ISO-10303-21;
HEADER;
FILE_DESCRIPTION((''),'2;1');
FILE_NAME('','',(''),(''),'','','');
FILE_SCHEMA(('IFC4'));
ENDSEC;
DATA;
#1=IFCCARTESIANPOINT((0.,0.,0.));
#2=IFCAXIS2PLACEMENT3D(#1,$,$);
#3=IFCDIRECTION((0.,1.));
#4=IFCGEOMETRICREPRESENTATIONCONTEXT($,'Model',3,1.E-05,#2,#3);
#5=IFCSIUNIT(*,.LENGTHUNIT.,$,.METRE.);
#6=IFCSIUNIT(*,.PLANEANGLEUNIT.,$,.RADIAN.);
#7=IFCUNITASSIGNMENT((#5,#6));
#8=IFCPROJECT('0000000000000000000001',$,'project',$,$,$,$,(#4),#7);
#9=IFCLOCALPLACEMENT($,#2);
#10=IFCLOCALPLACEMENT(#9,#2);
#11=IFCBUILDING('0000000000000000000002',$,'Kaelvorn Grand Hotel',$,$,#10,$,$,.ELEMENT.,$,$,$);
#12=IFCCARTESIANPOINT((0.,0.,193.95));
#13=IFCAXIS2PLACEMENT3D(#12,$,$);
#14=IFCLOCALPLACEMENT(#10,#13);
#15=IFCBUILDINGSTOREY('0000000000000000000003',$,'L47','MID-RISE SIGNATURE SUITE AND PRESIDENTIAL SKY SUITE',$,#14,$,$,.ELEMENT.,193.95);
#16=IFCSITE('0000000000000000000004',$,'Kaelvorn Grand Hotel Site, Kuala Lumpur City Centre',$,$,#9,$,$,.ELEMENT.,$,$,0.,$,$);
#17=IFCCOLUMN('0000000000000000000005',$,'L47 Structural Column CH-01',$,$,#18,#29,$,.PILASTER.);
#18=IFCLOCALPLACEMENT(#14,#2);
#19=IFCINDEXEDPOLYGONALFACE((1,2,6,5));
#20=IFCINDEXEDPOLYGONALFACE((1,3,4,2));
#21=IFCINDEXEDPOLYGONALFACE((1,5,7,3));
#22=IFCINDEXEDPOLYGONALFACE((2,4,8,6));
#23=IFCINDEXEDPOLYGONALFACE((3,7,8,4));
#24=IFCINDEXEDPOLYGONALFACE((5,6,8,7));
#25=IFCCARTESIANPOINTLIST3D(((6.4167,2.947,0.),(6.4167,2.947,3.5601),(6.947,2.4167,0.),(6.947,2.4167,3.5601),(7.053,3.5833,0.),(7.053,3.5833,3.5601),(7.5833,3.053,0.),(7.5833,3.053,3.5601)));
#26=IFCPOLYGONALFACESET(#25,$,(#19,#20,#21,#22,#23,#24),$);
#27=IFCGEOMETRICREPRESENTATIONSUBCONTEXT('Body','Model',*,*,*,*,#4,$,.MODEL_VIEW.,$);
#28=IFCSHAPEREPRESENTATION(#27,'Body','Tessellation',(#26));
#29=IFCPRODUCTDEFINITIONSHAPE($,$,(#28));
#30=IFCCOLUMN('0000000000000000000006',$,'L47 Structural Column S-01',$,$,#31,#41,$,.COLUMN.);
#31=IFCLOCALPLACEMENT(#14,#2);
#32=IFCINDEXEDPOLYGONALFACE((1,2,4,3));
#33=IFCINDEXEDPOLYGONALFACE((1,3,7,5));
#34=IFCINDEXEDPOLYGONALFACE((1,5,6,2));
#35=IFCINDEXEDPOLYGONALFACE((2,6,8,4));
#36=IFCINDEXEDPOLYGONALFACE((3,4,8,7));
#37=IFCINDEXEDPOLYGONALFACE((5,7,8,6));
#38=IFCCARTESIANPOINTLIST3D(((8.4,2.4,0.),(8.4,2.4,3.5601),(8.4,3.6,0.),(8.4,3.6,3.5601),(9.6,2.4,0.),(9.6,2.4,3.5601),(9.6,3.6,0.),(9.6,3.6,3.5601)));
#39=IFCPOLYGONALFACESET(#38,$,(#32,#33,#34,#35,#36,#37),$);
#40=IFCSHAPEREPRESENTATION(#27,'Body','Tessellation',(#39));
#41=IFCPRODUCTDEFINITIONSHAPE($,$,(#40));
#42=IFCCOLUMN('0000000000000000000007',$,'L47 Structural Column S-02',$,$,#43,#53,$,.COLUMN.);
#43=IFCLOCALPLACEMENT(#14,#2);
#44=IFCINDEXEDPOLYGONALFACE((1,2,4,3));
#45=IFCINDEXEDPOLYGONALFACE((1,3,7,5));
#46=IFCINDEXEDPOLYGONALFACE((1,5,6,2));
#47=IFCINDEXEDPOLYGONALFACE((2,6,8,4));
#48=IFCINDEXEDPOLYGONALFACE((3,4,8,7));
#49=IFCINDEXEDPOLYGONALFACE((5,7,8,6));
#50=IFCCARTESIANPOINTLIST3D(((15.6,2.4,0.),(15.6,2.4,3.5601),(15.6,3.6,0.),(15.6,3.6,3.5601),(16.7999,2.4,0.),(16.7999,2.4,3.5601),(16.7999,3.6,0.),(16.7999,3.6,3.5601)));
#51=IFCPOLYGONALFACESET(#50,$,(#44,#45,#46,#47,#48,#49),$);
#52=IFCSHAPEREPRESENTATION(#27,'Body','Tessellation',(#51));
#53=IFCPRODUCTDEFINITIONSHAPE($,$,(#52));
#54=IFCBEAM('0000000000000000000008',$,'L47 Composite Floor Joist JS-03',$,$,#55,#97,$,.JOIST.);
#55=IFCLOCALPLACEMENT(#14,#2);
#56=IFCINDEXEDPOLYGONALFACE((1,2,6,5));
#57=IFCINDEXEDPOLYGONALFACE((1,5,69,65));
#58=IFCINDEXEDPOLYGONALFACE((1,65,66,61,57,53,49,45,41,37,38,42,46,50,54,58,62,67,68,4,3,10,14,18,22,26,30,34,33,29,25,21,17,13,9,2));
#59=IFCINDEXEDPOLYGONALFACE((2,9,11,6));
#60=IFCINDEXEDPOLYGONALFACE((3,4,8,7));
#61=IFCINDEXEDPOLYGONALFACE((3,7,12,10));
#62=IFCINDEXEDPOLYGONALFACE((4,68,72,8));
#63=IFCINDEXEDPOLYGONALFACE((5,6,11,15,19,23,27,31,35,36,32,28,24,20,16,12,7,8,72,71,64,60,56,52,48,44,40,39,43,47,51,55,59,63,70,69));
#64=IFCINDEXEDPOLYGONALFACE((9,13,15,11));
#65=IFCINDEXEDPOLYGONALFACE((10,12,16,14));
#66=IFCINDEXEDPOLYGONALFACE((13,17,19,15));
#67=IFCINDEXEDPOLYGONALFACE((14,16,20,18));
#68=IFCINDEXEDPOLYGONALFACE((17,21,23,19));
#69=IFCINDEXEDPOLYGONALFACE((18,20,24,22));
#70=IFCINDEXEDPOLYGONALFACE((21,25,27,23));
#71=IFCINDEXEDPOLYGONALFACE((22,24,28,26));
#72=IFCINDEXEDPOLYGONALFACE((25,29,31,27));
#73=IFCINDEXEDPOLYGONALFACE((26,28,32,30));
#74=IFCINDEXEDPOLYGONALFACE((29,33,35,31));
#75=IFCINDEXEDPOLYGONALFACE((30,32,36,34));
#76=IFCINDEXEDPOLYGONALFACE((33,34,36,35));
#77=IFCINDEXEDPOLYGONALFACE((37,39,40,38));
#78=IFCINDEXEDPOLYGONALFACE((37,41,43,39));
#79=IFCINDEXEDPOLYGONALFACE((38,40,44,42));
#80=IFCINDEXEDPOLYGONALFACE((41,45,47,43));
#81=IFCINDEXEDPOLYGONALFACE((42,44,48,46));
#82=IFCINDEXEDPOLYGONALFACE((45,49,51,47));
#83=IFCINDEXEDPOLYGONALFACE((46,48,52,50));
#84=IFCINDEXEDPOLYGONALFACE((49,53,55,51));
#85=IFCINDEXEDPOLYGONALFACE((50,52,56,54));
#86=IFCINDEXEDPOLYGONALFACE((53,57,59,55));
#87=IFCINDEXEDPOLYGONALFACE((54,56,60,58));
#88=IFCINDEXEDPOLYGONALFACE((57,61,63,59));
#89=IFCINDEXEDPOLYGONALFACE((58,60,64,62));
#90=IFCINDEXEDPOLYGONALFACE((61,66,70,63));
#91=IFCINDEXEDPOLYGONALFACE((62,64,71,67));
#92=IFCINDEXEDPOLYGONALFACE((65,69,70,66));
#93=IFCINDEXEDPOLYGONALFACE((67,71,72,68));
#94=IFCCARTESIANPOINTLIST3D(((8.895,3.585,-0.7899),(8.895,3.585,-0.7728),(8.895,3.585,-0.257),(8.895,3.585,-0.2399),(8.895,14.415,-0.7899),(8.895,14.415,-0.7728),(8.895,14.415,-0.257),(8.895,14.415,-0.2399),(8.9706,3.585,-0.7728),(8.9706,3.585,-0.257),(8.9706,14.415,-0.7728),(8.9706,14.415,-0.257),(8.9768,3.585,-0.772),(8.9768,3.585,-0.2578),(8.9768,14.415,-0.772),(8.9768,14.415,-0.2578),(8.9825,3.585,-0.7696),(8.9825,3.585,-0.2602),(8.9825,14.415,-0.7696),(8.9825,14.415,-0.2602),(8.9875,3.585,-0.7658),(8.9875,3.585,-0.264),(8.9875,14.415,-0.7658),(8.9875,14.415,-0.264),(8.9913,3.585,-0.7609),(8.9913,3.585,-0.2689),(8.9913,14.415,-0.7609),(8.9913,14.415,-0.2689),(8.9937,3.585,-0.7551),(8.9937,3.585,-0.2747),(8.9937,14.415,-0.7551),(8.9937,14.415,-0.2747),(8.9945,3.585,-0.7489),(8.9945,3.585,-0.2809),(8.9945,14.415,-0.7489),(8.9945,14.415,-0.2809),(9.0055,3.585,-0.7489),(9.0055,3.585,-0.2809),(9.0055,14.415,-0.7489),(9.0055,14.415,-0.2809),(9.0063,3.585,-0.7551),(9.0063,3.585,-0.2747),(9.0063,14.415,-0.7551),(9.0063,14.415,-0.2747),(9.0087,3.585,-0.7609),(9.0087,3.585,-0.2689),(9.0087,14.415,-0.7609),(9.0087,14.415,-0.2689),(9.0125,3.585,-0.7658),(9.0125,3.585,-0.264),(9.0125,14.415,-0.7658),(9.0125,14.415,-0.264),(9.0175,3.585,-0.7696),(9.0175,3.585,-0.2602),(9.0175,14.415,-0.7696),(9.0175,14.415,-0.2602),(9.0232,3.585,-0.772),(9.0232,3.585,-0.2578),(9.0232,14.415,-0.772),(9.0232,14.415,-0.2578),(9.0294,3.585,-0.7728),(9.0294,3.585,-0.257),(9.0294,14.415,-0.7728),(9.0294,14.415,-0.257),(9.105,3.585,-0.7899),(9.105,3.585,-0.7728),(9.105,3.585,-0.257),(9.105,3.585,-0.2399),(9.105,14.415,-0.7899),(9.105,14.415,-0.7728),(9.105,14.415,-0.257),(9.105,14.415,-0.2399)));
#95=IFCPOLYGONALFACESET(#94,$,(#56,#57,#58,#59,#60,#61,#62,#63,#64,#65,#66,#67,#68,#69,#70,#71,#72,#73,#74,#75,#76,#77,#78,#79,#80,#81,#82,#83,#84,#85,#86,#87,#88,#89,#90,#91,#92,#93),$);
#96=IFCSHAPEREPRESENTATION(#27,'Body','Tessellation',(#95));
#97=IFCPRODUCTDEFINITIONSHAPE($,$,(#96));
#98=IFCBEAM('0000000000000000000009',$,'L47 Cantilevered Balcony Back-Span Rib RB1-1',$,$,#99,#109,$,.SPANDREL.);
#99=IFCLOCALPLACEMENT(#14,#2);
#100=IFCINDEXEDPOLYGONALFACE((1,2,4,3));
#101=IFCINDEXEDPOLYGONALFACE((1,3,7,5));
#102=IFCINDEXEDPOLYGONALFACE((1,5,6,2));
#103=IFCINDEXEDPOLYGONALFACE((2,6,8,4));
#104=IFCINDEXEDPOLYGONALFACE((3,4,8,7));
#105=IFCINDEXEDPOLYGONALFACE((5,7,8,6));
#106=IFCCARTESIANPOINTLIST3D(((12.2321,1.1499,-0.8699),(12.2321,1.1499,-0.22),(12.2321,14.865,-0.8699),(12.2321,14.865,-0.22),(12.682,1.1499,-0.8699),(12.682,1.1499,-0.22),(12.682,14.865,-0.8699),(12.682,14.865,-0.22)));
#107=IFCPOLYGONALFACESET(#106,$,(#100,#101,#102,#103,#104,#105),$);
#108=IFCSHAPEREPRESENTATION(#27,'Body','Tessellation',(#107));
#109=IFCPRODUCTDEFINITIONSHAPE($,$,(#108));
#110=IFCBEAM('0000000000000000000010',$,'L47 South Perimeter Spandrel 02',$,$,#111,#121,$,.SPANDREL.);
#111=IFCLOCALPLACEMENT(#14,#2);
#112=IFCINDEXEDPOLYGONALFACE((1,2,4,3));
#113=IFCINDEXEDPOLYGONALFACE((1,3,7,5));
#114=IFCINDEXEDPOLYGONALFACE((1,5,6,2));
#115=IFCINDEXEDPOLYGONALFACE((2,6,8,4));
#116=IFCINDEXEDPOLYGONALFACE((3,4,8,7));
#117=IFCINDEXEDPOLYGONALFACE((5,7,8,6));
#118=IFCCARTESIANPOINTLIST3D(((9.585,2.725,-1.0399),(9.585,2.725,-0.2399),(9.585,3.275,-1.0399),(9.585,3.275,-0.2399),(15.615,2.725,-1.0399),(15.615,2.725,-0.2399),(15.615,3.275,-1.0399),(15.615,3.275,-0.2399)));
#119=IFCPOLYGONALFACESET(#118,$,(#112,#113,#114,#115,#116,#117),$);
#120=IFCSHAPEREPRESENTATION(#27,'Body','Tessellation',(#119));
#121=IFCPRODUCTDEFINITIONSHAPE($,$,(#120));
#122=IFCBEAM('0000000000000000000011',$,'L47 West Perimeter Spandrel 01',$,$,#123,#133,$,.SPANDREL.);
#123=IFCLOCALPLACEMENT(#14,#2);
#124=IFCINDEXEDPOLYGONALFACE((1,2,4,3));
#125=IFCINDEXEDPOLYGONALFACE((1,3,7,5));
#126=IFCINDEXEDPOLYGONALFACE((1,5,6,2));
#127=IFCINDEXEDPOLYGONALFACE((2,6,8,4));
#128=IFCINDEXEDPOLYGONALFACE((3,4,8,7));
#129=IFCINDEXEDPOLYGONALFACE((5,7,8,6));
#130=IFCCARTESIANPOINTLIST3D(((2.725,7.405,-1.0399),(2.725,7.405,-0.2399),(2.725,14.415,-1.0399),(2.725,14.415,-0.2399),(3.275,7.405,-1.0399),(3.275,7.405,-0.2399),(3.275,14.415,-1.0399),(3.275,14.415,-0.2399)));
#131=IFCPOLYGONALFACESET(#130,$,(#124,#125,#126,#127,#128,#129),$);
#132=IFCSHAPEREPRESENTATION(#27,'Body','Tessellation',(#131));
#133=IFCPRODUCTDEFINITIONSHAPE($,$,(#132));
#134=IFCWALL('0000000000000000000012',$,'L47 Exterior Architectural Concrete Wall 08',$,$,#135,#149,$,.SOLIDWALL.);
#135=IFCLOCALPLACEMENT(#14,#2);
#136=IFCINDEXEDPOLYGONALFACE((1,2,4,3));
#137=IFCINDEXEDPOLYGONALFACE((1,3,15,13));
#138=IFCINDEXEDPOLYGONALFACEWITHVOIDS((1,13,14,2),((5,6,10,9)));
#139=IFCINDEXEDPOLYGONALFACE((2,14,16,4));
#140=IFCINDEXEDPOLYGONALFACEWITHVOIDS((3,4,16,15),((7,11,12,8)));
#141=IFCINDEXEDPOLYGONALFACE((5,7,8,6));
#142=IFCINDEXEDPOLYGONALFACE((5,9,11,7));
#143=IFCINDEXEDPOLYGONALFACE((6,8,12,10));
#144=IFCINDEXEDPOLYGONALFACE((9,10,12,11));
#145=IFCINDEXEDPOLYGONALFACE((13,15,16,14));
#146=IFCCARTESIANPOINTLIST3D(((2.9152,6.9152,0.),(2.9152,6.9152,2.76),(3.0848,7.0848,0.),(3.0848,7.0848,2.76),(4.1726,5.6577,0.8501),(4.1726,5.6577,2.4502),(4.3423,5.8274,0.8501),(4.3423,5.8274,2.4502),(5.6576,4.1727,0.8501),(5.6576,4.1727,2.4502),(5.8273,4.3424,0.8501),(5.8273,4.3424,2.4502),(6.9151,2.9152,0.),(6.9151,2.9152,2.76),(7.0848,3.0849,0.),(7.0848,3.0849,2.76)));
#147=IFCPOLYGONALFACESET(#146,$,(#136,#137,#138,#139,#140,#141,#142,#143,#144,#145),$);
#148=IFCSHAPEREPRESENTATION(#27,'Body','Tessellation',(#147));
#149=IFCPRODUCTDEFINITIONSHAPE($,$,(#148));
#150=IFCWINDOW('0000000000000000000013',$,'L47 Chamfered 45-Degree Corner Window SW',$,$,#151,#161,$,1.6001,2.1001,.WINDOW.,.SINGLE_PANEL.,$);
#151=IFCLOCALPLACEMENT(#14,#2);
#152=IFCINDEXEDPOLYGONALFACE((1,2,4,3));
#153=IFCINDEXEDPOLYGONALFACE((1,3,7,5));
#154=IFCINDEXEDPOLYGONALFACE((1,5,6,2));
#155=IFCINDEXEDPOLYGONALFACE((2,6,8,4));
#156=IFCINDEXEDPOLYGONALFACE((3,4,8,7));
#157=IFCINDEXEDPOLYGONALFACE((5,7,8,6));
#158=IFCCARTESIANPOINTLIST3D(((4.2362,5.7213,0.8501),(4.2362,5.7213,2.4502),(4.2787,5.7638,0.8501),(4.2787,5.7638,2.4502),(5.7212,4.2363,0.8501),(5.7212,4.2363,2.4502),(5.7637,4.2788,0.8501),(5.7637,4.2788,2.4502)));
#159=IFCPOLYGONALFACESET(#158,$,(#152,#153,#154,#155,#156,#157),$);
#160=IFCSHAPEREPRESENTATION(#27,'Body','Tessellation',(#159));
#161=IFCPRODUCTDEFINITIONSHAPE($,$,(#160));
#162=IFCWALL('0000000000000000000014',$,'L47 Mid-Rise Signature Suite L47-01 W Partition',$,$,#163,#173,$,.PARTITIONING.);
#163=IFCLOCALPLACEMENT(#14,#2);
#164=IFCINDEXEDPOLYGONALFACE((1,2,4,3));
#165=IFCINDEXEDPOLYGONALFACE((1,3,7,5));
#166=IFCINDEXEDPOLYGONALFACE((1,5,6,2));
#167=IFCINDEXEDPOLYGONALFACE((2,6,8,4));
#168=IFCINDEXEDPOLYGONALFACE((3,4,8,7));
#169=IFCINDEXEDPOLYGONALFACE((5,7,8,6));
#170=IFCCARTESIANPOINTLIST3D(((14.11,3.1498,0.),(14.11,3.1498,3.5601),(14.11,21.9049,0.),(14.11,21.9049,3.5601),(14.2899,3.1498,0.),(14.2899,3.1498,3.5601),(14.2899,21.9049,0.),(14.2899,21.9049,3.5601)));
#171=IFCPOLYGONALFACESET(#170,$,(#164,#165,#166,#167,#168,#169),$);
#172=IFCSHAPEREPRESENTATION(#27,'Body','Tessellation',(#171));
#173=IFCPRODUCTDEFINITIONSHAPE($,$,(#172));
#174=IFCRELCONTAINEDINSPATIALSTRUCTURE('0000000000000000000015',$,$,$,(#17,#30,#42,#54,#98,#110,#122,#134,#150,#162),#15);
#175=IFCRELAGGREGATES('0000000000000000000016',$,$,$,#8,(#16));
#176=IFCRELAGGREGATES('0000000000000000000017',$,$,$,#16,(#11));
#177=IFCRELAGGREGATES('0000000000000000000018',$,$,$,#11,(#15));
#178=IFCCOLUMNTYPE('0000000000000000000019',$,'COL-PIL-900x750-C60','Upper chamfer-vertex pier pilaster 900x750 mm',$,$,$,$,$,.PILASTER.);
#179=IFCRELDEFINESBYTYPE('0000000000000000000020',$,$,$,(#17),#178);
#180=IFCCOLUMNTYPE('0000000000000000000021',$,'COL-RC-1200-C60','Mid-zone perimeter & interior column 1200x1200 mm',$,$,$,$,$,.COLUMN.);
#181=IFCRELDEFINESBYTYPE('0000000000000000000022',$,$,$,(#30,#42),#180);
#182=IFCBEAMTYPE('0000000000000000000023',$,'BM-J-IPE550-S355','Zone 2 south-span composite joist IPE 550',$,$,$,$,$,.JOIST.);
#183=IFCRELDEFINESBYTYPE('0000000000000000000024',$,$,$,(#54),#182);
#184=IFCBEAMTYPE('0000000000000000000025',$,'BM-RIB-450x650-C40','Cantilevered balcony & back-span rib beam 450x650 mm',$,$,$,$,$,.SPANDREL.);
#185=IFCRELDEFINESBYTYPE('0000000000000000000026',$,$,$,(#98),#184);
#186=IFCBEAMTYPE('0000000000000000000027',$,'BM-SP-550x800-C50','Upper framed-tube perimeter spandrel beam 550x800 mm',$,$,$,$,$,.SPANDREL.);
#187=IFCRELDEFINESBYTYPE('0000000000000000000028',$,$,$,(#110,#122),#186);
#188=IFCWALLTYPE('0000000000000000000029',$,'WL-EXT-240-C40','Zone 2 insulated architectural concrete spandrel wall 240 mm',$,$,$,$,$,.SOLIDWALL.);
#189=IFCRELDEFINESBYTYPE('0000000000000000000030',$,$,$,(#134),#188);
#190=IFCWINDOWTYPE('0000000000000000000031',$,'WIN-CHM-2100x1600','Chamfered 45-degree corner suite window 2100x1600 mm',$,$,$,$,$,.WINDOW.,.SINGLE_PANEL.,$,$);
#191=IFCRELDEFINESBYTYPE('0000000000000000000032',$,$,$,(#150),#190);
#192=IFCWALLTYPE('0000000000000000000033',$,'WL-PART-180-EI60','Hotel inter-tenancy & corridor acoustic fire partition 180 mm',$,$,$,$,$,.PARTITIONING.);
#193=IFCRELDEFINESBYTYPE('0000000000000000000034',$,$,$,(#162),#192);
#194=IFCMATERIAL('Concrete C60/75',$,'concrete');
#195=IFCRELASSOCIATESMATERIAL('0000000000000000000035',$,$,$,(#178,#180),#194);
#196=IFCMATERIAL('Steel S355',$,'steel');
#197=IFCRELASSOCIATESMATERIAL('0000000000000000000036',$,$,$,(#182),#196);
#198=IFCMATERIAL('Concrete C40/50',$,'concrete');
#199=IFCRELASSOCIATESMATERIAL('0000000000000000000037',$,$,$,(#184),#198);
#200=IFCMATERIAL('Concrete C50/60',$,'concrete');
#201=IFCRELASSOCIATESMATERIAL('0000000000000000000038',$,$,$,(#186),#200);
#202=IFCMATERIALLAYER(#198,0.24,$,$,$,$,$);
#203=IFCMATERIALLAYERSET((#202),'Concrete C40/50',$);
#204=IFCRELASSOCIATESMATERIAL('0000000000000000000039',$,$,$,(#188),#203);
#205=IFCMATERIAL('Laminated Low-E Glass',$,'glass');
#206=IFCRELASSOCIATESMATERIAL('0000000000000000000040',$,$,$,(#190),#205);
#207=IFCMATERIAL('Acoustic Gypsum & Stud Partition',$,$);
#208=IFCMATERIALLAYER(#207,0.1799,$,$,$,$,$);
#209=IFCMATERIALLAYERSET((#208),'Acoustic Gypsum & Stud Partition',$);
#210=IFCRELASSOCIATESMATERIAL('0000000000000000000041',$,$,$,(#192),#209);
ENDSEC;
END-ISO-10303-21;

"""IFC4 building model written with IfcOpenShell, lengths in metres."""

from ifc_helpers import new_model, si_unit, direction, frame, frame_2d, origin, origin_2d, place, context, subcontext, project, spatial, rectangle, i_section, extrude, material, layer, layer_set, material_profile, profile_set, type_object, element, fill, save


model = new_model("IFC4")

# Units and contexts
model_context = context("Model", 3, precision=1e-05, world=origin(), true_north=direction((0.0, 1.0)))
body_context = subcontext(model_context, "Body", "Model", "MODEL_VIEW")
ifc_project = project(units=[si_unit("LENGTHUNIT", "METRE"), si_unit("PLANEANGLEUNIT", "RADIAN")], contexts=[model_context])

# Site, building, storey
site_placement = place(None, origin())
site = spatial("IfcSite", under=ifc_project, at=site_placement, Name="Kaelvorn Grand Hotel Site, Kuala Lumpur City Centre", CompositionType="ELEMENT", RefElevation=0.0)
building_placement = place(site_placement, origin())
building = spatial("IfcBuilding", under=site, at=building_placement, Name="Kaelvorn Grand Hotel", CompositionType="ELEMENT")
storey_placement = place(building_placement, frame((0.0, 0.0, 193.95)))
storey = spatial("IfcBuildingStorey", under=building, at=storey_placement, Name="L47", Description="MID-RISE SIGNATURE SUITE AND PRESIDENTIAL SKY SUITE", CompositionType="ELEMENT", Elevation=193.95)

# Columns
ifc_material_1 = material(Name="Concrete C60/75", Category="concrete")
ifc_material_profile_1 = material_profile(ifc_material_1, rectangle(XDim=0.8999, YDim=0.75, at=origin_2d()), Name="RC PILASTER 900x750")
ifc_profile_set_1 = profile_set([ifc_material_profile_1], Name="Concrete C60/75")
column_type_1 = type_object("IfcColumnType", Name="COL-PIL-900x750-C60", Description="Upper chamfer-vertex pier pilaster 900x750 mm", PredefinedType="PILASTER", material=ifc_profile_set_1)
column_placement = place(storey_placement, frame((7.0, 3.0, 0.0), z_axis=(0.0, 0.0, 1.0), x_axis=(0.707107, 0.707107, 0.0)))
element("IfcColumn", 1, at=column_placement, inside=storey, type_object=column_type_1, Name="L47 Structural Column CH-01", PredefinedType="PILASTER", context=body_context, shape_type="SweptSolid", body=[
    extrude(rectangle(XDim=0.8999, YDim=0.75, at=origin_2d()), origin(), (0.0, 0.0, 1.0), 3.5601),
])
ifc_material_profile_2 = material_profile(ifc_material_1, rectangle(XDim=1.2, YDim=1.2, at=origin_2d()), Name="RC COL 1200x1200")
ifc_profile_set_2 = profile_set([ifc_material_profile_2], Name="Concrete C60/75")
column_type_2 = type_object("IfcColumnType", Name="COL-RC-1200-C60", Description="Mid-zone perimeter & interior column 1200x1200 mm", PredefinedType="COLUMN", material=ifc_profile_set_2)
for number, where, z_axis, x_axis, name in (
    (2, (9.0, 3.0, 0.0), (0.0, 0.0, 1.0), (1.0, 0.0, 0.0), "L47 Structural Column S-01"),
    (3, (16.2, 3.0, 0.0), (0.0, 0.0, 1.0), (1.0, 0.0, 0.0), "L47 Structural Column S-02"),
):
    element("IfcColumn", number, at=place(storey_placement, frame(where, z_axis=z_axis, x_axis=x_axis)), inside=storey, type_object=column_type_2, Name=name, PredefinedType="COLUMN", context=body_context, shape_type="SweptSolid", body=[
        extrude(rectangle(XDim=1.2, YDim=1.2, at=origin_2d()), origin(), (0.0, 0.0, 1.0), 3.5601),
    ])

# Beams
ifc_material_2 = material(Name="Steel S355", Category="steel")
ifc_material_profile_3 = material_profile(ifc_material_2, i_section(OverallWidth=0.21, OverallDepth=0.55, WebThickness=0.011, FlangeThickness=0.0171, FilletRadius=0.0239, at=origin_2d()), Name="IPE 550")
ifc_profile_set_3 = profile_set([ifc_material_profile_3], Name="Steel S355")
beam_type_1 = type_object("IfcBeamType", Name="BM-J-IPE550-S355", Description="Zone 2 south-span composite joist IPE 550", PredefinedType="JOIST", material=ifc_profile_set_3)
beam_1_placement = place(storey_placement, frame((9.0, 3.585, -0.5149), z_axis=(0.0, 1.0, 0.0), x_axis=(-1.0, 0.0, 0.0)))
element("IfcBeam", 4, at=beam_1_placement, inside=storey, type_object=beam_type_1, Name="L47 Composite Floor Joist JS-03", PredefinedType="JOIST", context=body_context, shape_type="SweptSolid", body=[
    extrude(i_section(OverallWidth=0.21, OverallDepth=0.55, WebThickness=0.011, FlangeThickness=0.0171, FilletRadius=0.0239, at=origin_2d()), origin(), (0.0, 0.0, 1.0), 10.8301),
])
ifc_material_3 = material(Name="Concrete C40/50", Category="concrete")
ifc_material_profile_4 = material_profile(ifc_material_3, rectangle(XDim=0.45, YDim=0.6499, at=origin_2d()), Name="RC RIB 450x650")
ifc_profile_set_4 = profile_set([ifc_material_profile_4], Name="Concrete C40/50")
beam_type_2 = type_object("IfcBeamType", Name="BM-RIB-450x650-C40", Description="Cantilevered balcony & back-span rib beam 450x650 mm", PredefinedType="SPANDREL", material=ifc_profile_set_4)
beam_2_placement = place(storey_placement, frame((12.457, 1.1499, -0.5449), z_axis=(0.0, 1.0, 0.0), x_axis=(-1.0, 0.0, 0.0)))
element("IfcBeam", 5, at=beam_2_placement, inside=storey, type_object=beam_type_2, Name="L47 Cantilevered Balcony Back-Span Rib RB1-1", PredefinedType="SPANDREL", context=body_context, shape_type="SweptSolid", body=[
    extrude(rectangle(XDim=0.45, YDim=0.6499, at=origin_2d()), origin(), (0.0, 0.0, 1.0), 13.7151),
])
ifc_material_4 = material(Name="Concrete C50/60", Category="concrete")
ifc_material_profile_5 = material_profile(ifc_material_4, rectangle(XDim=0.55, YDim=0.8, at=origin_2d()), Name="RC SPANDREL 550x800")
ifc_profile_set_5 = profile_set([ifc_material_profile_5], Name="Concrete C50/60")
beam_type_3 = type_object("IfcBeamType", Name="BM-SP-550x800-C50", Description="Upper framed-tube perimeter spandrel beam 550x800 mm", PredefinedType="SPANDREL", material=ifc_profile_set_5)
beam_3_placement = place(storey_placement, frame((9.585, 3.0, -0.6399), z_axis=(1.0, 0.0, 0.0), x_axis=(0.0, 1.0, 0.0)))
element("IfcBeam", 6, at=beam_3_placement, inside=storey, type_object=beam_type_3, Name="L47 South Perimeter Spandrel 02", PredefinedType="SPANDREL", context=body_context, shape_type="SweptSolid", body=[
    extrude(rectangle(XDim=0.55, YDim=0.8, at=origin_2d()), origin(), (0.0, 0.0, 1.0), 6.03),
])
beam_4_placement = place(storey_placement, frame((3.0, 7.405, -0.6399), z_axis=(0.0, 1.0, 0.0), x_axis=(-1.0, 0.0, 0.0)))
element("IfcBeam", 7, at=beam_4_placement, inside=storey, type_object=beam_type_3, Name="L47 West Perimeter Spandrel 01", PredefinedType="SPANDREL", context=body_context, shape_type="SweptSolid", body=[
    extrude(rectangle(XDim=0.55, YDim=0.8, at=origin_2d()), origin(), (0.0, 0.0, 1.0), 7.01),
])

# Shared definitions
ifc_layer_1 = layer(ifc_material_3, 0.24)
ifc_layer_set_1 = layer_set([ifc_layer_1], Name="Concrete C40/50")
wall_type_1 = type_object("IfcWallType", Name="WL-EXT-240-C40", Description="Zone 2 insulated architectural concrete spandrel wall 240 mm", PredefinedType="SOLIDWALL", material=ifc_layer_set_1)
ifc_material_5 = material(Name="Laminated Low-E Glass", Category="glass")

# Wall, opening, window
wall_1_placement = place(storey_placement, frame((3.0, 7.0, 0.0), z_axis=(0.0, 0.0, 1.0), x_axis=(0.707107, -0.707107, 0.0)))
wall_1 = element("IfcWall", 8, at=wall_1_placement, inside=storey, type_object=wall_type_1, Name="L47 Exterior Architectural Concrete Wall 08", PredefinedType="SOLIDWALL", context=body_context, shape_type="SweptSolid", body=[
    extrude(rectangle(XDim=5.6567, YDim=0.24, at=frame_2d((2.8284, 0.0))), origin(), (0.0, 0.0, 1.0), 2.76),
])
opening_1_placement = place(wall_1_placement, frame((1.7783, 0.0, 0.8501)))
opening_1 = element("IfcOpeningElement", 9, at=opening_1_placement, cuts=wall_1, PredefinedType="OPENING", context=body_context, shape_type="SweptSolid", body=[
    extrude(rectangle(XDim=2.1001, YDim=1.6001, at=frame_2d((1.05, 0.8))), frame((0.0, 0.1299, 0.0), z_axis=(0.0, -1.0, 0.0), x_axis=(1.0, 0.0, 0.0)), (0.0, 0.0, 1.0), 0.26),
])
window_type_1 = type_object("IfcWindowType", Name="WIN-CHM-2100x1600", Description="Chamfered 45-degree corner suite window 2100x1600 mm", PartitioningType="SINGLE_PANEL", PredefinedType="WINDOW", material=ifc_material_5)
window_1_placement = place(opening_1_placement, origin())
window_1 = element("IfcWindow", 10, at=window_1_placement, inside=storey, type_object=window_type_1, Name="L47 Chamfered 45-Degree Corner Window SW", OverallHeight=1.6001, OverallWidth=2.1001, PartitioningType="SINGLE_PANEL", PredefinedType="WINDOW", context=body_context, shape_type="SweptSolid", body=[
    extrude(rectangle(XDim=2.1001, YDim=1.6001, at=frame_2d((1.05, 0.8))), frame((0.0, 0.03, 0.0), z_axis=(0.0, -1.0, 0.0), x_axis=(1.0, 0.0, 0.0)), (0.0, 0.0, 1.0), 0.0601),
])
fill(opening_1, window_1)

# Wall
ifc_material_6 = material(Name="Acoustic Gypsum & Stud Partition")
ifc_layer_2 = layer(ifc_material_6, 0.1799)
ifc_layer_set_2 = layer_set([ifc_layer_2], Name="Acoustic Gypsum & Stud Partition")
wall_type_2 = type_object("IfcWallType", Name="WL-PART-180-EI60", Description="Hotel inter-tenancy & corridor acoustic fire partition 180 mm", PredefinedType="PARTITIONING", material=ifc_layer_set_2)
wall_2_placement = place(storey_placement, frame((14.2, 3.1499, 0.0), z_axis=(0.0, 0.0, 1.0), x_axis=(0.0, 1.0, 0.0)))
element("IfcWall", 11, at=wall_2_placement, inside=storey, type_object=wall_type_2, Name="L47 Mid-Rise Signature Suite L47-01 W Partition", PredefinedType="PARTITIONING", context=body_context, shape_type="SweptSolid", body=[
    extrude(rectangle(XDim=18.7551, YDim=0.1799, at=frame_2d((9.3774, 0.0))), origin(), (0.0, 0.0, 1.0), 3.5601),
])

save(model, "model.ifc")
